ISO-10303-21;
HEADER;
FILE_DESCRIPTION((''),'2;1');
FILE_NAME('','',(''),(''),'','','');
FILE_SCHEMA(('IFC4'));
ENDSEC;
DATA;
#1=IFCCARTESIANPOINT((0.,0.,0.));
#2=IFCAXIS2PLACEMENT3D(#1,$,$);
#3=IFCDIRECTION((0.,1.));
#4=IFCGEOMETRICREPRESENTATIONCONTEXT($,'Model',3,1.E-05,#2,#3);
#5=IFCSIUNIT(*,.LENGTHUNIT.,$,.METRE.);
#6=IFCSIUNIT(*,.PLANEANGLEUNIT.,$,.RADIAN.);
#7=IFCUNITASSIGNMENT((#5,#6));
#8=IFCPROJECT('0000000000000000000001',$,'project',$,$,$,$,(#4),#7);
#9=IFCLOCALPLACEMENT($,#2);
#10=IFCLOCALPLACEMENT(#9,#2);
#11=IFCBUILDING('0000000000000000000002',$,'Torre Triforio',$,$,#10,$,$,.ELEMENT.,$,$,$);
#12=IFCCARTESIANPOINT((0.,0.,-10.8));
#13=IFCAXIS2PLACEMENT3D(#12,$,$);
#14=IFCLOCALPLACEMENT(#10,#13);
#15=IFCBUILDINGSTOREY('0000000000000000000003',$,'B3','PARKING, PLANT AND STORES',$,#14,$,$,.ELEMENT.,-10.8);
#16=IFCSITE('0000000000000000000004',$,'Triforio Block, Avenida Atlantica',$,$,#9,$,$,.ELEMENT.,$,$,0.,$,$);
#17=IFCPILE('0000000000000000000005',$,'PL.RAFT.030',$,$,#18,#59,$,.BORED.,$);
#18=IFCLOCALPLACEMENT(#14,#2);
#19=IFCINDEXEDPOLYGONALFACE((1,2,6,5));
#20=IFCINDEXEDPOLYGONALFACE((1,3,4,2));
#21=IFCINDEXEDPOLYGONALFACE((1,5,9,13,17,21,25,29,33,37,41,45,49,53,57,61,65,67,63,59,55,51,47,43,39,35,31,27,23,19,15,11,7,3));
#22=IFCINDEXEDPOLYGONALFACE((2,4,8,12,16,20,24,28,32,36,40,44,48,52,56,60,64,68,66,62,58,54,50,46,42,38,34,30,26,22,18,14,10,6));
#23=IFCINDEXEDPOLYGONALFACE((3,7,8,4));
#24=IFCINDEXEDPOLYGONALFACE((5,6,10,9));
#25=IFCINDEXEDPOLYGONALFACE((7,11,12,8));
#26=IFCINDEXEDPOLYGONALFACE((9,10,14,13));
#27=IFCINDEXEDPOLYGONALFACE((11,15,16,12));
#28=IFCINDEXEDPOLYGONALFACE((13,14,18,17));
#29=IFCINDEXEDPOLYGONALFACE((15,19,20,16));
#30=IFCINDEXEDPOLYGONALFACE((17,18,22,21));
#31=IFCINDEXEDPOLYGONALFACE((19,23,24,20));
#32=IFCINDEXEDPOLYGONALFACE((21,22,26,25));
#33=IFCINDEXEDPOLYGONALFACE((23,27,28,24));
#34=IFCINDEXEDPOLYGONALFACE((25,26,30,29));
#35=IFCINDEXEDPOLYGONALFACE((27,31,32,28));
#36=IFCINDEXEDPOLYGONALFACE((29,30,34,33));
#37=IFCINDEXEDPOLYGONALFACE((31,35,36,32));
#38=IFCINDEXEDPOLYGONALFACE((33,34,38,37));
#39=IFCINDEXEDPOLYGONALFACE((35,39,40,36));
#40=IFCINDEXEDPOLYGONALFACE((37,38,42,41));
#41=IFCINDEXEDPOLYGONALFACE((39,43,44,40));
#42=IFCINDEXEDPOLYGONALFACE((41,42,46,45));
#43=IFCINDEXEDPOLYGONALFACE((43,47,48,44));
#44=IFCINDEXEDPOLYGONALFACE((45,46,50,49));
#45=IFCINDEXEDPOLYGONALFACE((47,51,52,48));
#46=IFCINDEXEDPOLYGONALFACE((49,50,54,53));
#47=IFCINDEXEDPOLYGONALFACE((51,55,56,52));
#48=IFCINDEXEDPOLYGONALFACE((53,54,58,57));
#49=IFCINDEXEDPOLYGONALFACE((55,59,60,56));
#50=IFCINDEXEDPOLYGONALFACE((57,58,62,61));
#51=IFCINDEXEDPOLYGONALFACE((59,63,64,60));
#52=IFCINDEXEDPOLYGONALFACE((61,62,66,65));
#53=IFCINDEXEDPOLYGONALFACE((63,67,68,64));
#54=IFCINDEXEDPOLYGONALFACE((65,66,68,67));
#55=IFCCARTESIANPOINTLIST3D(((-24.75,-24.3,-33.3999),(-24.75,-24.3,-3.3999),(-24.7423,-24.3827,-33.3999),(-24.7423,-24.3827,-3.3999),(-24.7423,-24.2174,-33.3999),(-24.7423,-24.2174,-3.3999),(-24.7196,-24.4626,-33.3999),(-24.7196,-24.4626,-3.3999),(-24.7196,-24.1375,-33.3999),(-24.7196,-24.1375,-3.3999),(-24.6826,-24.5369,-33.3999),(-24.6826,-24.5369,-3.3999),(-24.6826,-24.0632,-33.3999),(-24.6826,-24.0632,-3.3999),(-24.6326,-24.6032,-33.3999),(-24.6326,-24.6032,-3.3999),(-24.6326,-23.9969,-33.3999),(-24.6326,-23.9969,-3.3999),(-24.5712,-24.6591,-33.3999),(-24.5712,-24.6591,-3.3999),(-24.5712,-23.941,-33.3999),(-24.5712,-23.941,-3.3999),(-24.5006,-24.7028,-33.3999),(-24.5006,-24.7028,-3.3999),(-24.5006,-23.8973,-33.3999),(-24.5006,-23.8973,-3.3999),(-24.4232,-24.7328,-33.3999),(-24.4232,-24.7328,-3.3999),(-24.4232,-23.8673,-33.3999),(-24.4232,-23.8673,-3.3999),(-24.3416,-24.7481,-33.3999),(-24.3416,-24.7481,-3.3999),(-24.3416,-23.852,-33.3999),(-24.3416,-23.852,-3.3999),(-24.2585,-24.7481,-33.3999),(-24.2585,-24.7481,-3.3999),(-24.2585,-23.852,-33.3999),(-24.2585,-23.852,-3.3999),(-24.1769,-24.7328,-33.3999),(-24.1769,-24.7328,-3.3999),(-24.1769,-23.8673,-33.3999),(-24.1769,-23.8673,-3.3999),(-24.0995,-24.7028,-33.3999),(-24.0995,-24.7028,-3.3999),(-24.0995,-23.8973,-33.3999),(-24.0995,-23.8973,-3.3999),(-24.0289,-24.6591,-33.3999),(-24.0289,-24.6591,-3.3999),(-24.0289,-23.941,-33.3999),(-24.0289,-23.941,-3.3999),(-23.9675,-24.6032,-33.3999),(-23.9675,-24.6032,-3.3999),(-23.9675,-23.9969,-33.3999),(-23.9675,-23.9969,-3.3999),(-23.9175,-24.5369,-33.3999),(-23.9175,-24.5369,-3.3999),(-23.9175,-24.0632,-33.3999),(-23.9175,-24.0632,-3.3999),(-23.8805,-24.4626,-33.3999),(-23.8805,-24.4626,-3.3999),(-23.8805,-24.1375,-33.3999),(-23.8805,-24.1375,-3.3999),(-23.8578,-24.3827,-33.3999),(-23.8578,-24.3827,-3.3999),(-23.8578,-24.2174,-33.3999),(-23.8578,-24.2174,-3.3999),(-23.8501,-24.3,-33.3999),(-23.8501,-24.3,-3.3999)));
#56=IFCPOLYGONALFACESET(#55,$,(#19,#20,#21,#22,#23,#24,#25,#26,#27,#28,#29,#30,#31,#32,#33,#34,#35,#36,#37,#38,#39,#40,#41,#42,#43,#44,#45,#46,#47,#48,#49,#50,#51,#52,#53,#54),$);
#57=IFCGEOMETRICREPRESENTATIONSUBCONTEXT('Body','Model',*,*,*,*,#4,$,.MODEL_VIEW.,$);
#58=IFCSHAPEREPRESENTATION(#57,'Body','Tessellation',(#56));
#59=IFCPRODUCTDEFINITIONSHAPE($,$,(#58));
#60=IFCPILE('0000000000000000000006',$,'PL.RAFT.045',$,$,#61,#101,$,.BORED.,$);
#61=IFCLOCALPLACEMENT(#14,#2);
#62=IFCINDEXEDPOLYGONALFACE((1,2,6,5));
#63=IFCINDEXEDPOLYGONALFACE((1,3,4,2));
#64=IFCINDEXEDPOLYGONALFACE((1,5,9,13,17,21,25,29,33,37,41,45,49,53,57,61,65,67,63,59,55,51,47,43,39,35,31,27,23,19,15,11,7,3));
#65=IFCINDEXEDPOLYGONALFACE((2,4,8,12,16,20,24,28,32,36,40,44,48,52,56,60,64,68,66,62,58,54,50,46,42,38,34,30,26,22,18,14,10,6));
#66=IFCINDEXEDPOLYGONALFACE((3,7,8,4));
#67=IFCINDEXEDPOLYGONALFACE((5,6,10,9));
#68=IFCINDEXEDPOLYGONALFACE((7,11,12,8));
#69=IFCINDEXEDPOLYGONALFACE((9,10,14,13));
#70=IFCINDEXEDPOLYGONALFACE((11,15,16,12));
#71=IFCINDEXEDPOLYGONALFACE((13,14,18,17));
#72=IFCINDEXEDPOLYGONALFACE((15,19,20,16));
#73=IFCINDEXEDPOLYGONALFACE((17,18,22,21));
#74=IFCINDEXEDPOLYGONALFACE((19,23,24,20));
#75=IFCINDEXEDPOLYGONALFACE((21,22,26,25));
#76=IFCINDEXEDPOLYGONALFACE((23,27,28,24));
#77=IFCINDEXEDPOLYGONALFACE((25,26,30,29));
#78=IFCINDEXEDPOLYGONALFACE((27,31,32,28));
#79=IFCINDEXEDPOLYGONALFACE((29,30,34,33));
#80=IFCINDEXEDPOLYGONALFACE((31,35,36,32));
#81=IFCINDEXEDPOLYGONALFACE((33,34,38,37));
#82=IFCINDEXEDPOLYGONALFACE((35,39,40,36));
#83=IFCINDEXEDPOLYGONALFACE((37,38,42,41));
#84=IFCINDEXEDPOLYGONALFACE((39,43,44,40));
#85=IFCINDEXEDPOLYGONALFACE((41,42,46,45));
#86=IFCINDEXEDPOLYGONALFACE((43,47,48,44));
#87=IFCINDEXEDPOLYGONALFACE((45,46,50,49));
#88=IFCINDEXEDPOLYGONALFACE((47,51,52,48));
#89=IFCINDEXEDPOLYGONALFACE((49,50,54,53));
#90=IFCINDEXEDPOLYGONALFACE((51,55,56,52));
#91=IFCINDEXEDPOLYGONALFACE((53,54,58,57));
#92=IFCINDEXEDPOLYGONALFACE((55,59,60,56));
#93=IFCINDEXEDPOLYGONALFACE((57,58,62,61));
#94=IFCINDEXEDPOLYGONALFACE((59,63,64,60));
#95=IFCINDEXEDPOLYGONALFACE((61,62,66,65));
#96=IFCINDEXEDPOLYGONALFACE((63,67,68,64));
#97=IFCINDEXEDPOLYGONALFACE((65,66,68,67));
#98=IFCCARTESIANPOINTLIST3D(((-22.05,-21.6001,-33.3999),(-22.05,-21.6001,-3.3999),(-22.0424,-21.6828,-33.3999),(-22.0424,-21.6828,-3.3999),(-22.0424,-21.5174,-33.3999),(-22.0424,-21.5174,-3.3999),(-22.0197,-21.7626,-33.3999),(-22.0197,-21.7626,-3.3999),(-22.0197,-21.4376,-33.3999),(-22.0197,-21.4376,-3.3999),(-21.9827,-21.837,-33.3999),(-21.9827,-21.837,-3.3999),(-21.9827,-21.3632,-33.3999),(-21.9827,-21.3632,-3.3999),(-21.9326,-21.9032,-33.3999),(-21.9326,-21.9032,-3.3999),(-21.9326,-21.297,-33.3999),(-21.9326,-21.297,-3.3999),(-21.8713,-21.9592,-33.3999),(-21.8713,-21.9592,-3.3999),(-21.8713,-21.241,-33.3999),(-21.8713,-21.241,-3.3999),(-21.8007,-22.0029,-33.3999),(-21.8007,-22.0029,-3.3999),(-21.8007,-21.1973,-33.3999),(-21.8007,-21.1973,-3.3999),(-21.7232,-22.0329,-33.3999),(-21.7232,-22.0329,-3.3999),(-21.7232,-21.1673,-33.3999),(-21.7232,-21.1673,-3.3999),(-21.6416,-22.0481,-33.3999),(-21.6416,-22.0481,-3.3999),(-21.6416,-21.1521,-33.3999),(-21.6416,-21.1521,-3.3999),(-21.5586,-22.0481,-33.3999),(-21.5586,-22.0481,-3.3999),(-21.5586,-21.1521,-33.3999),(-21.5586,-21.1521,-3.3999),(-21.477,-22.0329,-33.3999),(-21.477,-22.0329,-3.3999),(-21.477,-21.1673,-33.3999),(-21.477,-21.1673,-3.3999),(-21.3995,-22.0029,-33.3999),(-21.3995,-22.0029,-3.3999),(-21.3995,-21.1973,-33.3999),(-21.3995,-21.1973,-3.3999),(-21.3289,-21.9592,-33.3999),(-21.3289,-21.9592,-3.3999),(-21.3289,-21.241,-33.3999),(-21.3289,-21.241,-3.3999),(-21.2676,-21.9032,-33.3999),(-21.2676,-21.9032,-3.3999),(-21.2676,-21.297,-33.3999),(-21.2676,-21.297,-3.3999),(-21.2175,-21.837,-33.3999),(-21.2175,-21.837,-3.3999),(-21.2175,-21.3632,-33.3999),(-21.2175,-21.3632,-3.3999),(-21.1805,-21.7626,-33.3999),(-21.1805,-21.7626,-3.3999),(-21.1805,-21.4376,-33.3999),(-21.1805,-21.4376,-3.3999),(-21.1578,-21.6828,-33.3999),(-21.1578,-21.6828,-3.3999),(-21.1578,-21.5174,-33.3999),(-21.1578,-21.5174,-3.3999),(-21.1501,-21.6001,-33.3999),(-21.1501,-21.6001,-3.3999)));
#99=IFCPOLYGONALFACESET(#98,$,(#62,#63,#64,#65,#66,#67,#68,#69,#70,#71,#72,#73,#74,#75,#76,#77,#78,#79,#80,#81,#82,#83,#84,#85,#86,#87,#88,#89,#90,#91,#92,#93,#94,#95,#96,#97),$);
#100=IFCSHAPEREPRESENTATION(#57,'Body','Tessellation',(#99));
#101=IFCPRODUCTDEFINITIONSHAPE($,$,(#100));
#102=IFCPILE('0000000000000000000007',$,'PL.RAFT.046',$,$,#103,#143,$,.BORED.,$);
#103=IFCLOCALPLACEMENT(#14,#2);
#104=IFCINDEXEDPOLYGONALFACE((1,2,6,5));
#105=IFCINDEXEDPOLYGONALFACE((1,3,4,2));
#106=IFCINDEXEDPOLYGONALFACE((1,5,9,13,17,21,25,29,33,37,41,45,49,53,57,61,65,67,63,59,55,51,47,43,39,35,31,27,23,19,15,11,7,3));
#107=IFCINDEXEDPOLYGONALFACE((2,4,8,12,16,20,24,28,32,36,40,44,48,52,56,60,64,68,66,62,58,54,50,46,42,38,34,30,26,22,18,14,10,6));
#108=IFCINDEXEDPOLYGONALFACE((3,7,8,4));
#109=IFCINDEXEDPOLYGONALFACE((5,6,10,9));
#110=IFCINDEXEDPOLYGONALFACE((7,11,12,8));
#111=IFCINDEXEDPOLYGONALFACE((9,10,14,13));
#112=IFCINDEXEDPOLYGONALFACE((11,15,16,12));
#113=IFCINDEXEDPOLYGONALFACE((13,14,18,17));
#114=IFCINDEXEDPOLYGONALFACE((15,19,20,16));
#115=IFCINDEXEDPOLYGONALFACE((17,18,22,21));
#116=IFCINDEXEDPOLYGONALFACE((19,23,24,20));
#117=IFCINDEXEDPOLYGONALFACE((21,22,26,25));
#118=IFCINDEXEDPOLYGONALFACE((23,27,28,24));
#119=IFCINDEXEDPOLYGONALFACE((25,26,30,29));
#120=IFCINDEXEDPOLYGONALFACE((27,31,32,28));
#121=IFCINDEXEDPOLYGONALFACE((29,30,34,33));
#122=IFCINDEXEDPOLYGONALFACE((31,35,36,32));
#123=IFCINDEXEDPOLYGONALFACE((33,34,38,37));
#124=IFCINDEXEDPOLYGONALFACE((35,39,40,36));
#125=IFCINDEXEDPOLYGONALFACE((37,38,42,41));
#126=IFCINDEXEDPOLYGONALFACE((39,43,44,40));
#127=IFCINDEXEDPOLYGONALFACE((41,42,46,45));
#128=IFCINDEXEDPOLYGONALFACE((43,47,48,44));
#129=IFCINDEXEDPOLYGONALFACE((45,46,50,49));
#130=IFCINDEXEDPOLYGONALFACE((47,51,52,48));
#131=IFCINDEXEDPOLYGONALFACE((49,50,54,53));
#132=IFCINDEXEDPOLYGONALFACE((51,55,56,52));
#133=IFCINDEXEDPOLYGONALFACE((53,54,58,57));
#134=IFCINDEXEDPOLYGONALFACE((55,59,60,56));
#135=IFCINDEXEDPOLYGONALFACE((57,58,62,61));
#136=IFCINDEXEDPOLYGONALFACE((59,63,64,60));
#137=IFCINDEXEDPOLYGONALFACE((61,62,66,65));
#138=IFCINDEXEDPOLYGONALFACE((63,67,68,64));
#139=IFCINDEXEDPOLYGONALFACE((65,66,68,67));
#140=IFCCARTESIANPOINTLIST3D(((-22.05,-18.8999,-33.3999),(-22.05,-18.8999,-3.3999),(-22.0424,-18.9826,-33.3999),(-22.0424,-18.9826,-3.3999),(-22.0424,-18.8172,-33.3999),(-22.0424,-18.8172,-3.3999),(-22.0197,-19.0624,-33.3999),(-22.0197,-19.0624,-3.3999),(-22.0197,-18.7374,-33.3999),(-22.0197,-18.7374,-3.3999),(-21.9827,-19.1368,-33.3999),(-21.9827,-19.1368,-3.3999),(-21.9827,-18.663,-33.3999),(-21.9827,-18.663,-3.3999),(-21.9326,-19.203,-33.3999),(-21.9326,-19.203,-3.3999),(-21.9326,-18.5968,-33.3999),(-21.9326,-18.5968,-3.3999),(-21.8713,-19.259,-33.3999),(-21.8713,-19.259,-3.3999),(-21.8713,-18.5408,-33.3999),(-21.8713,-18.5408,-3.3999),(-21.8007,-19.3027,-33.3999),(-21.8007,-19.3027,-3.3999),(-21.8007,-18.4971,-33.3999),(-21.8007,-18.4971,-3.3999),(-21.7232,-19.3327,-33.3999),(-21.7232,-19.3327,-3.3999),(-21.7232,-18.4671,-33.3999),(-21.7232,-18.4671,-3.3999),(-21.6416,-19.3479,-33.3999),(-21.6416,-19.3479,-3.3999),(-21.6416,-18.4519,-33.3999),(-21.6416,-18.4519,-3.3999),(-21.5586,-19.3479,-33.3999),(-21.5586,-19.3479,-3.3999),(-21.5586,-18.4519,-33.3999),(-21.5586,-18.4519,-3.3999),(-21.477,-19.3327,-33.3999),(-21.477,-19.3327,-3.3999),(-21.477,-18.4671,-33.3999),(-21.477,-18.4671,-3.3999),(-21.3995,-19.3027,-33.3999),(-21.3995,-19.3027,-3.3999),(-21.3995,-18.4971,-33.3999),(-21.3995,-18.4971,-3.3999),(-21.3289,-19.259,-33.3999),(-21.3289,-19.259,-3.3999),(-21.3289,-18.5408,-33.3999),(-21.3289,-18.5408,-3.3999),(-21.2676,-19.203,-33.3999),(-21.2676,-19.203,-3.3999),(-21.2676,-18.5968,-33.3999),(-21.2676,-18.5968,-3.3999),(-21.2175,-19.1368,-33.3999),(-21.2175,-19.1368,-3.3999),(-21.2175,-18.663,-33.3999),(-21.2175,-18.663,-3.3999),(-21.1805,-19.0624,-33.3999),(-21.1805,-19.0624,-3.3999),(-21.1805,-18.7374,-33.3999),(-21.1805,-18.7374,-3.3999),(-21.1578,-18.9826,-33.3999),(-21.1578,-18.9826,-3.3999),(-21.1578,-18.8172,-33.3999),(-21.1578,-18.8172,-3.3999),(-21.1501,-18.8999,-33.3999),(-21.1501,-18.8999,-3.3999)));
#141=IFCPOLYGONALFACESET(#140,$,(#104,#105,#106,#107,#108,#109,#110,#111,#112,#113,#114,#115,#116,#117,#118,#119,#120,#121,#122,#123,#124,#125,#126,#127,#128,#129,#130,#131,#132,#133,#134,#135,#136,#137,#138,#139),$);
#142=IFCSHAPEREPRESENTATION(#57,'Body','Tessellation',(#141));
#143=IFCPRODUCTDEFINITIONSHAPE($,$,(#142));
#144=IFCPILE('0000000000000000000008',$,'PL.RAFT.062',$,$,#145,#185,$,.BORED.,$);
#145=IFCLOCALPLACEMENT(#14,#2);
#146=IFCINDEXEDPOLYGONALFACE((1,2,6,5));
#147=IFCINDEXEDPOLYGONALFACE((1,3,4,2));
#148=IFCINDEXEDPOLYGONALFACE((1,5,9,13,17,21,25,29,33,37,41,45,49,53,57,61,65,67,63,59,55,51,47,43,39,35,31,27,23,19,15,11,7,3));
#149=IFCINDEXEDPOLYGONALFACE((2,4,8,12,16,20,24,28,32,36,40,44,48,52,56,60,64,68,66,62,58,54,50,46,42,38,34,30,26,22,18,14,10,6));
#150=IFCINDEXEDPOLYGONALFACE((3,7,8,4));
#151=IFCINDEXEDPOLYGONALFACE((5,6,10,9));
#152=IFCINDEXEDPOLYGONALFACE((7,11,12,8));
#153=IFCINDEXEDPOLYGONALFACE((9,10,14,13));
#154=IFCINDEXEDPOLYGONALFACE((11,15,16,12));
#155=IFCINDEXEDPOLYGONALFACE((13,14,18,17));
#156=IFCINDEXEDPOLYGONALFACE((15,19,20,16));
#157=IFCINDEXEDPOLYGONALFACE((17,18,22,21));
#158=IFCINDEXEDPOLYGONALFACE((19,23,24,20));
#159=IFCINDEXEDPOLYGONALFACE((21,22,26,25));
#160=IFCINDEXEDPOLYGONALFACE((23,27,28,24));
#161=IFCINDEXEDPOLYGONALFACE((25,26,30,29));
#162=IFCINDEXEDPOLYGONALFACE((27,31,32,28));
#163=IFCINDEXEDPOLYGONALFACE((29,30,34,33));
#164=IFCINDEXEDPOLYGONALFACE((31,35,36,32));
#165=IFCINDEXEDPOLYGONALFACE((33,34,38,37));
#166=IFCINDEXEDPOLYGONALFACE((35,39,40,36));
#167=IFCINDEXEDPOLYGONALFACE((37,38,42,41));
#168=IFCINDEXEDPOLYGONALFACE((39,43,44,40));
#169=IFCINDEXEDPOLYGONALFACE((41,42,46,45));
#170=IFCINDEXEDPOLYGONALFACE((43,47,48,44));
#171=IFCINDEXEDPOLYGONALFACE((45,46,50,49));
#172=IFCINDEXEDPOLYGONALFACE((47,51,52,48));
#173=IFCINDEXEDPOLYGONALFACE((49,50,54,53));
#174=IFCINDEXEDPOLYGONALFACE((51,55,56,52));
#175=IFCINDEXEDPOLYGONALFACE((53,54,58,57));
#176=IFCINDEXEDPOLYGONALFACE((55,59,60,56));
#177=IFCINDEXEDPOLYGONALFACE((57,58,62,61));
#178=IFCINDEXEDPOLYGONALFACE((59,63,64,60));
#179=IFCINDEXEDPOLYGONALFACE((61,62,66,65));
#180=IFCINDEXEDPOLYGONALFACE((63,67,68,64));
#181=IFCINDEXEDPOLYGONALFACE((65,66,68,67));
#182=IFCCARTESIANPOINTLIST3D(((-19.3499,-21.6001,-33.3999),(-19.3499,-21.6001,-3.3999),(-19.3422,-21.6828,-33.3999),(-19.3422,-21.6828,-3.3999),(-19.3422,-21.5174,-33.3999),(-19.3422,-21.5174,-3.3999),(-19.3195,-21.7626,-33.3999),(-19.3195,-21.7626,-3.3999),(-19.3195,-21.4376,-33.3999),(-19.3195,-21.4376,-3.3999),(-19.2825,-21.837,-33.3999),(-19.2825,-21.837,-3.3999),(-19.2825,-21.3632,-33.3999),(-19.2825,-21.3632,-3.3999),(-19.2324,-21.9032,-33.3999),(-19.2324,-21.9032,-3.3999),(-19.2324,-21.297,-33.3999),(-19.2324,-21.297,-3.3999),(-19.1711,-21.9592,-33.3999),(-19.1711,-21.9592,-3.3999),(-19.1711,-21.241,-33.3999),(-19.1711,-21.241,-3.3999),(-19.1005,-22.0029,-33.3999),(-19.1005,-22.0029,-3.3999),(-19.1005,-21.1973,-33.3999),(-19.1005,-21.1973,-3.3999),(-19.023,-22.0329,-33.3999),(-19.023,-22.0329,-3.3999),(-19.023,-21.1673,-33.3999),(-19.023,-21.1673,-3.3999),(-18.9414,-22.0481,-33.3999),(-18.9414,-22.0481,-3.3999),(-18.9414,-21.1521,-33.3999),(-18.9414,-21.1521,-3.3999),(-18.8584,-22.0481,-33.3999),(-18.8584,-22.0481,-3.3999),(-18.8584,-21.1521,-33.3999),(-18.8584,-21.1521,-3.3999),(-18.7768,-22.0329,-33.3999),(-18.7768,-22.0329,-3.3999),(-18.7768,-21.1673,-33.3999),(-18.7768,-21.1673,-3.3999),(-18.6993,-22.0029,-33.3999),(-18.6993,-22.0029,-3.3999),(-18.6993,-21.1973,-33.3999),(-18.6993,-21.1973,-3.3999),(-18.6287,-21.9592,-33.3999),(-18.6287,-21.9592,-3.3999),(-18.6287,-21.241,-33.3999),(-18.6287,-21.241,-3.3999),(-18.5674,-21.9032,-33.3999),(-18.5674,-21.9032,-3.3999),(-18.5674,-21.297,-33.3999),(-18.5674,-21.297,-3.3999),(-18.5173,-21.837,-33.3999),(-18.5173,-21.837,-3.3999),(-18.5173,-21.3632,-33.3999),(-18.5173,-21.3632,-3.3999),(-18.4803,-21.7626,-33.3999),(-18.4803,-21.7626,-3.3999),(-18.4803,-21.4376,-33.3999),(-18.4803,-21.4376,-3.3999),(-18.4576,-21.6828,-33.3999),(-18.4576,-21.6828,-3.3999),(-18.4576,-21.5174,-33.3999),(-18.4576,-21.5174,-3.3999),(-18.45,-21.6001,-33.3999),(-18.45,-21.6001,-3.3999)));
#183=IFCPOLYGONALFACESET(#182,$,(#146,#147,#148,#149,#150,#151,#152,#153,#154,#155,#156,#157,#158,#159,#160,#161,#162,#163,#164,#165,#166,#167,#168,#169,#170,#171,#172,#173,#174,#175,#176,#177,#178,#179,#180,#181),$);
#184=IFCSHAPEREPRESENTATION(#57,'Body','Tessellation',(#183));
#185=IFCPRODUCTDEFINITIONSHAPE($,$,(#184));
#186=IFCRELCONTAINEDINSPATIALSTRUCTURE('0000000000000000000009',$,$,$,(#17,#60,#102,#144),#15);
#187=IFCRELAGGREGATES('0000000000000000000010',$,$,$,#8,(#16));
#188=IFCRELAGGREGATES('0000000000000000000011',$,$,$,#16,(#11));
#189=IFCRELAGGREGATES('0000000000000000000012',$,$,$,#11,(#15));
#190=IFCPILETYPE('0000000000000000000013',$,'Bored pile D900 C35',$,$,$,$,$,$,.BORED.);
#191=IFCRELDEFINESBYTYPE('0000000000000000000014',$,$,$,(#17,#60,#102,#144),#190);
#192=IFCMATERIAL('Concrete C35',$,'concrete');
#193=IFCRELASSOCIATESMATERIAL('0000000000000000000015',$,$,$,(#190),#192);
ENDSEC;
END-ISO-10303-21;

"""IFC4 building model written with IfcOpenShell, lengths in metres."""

from ifc_helpers import new_model, si_unit, direction, frame, origin, origin_2d, place, context, subcontext, project, spatial, circle, extrude, material, material_profile, profile_set, type_object, element, save


model = new_model("IFC4")

# Units and contexts
model_context = context("Model", 3, precision=1e-05, world=origin(), true_north=direction((0.0, 1.0)))
body_context = subcontext(model_context, "Body", "Model", "MODEL_VIEW")
ifc_project = project(units=[si_unit("LENGTHUNIT", "METRE"), si_unit("PLANEANGLEUNIT", "RADIAN")], contexts=[model_context])

# Site, building, storey
site_placement = place(None, origin())
site = spatial("IfcSite", under=ifc_project, at=site_placement, Name="Triforio Block, Avenida Atlantica", CompositionType="ELEMENT", RefElevation=0.0)
building_placement = place(site_placement, origin())
building = spatial("IfcBuilding", under=site, at=building_placement, Name="Torre Triforio", CompositionType="ELEMENT")
storey_placement = place(building_placement, frame((0.0, 0.0, -10.8)))
storey = spatial("IfcBuildingStorey", under=building, at=storey_placement, Name="B3", Description="PARKING, PLANT AND STORES", CompositionType="ELEMENT", Elevation=-10.8)

# Piles
ifc_material_1 = material(Name="Concrete C35", Category="concrete")
ifc_material_profile_1 = material_profile(ifc_material_1, circle(Radius=0.45, at=origin_2d()), Name="RC D900")
ifc_profile_set_1 = profile_set([ifc_material_profile_1], Name="Concrete C35")
pile_type = type_object("IfcPileType", Name="Bored pile D900 C35", PredefinedType="BORED", material=ifc_profile_set_1)
for number, where, z_axis, x_axis, name in (
    (1, (-24.3, -24.3, -3.3999), (0.0, 0.0, -1.0), (1.0, 0.0, 0.0), "PL.RAFT.030"),
    (2, (-21.6001, -21.6001, -3.3999), (0.0, 0.0, -1.0), (1.0, 0.0, 0.0), "PL.RAFT.045"),
    (3, (-21.6001, -18.8999, -3.3999), (0.0, 0.0, -1.0), (1.0, 0.0, 0.0), "PL.RAFT.046"),
    (4, (-18.8999, -21.6001, -3.3999), (0.0, 0.0, -1.0), (1.0, 0.0, 0.0), "PL.RAFT.062"),
):
    element("IfcPile", number, at=place(storey_placement, frame(where, z_axis=z_axis, x_axis=x_axis)), inside=storey, type_object=pile_type, Name=name, PredefinedType="BORED", context=body_context, shape_type="SweptSolid", body=[
        extrude(circle(Radius=0.45, at=origin_2d()), origin(), (0.0, 0.0, 1.0), 30.0),
    ])

save(model, "model.ifc")
